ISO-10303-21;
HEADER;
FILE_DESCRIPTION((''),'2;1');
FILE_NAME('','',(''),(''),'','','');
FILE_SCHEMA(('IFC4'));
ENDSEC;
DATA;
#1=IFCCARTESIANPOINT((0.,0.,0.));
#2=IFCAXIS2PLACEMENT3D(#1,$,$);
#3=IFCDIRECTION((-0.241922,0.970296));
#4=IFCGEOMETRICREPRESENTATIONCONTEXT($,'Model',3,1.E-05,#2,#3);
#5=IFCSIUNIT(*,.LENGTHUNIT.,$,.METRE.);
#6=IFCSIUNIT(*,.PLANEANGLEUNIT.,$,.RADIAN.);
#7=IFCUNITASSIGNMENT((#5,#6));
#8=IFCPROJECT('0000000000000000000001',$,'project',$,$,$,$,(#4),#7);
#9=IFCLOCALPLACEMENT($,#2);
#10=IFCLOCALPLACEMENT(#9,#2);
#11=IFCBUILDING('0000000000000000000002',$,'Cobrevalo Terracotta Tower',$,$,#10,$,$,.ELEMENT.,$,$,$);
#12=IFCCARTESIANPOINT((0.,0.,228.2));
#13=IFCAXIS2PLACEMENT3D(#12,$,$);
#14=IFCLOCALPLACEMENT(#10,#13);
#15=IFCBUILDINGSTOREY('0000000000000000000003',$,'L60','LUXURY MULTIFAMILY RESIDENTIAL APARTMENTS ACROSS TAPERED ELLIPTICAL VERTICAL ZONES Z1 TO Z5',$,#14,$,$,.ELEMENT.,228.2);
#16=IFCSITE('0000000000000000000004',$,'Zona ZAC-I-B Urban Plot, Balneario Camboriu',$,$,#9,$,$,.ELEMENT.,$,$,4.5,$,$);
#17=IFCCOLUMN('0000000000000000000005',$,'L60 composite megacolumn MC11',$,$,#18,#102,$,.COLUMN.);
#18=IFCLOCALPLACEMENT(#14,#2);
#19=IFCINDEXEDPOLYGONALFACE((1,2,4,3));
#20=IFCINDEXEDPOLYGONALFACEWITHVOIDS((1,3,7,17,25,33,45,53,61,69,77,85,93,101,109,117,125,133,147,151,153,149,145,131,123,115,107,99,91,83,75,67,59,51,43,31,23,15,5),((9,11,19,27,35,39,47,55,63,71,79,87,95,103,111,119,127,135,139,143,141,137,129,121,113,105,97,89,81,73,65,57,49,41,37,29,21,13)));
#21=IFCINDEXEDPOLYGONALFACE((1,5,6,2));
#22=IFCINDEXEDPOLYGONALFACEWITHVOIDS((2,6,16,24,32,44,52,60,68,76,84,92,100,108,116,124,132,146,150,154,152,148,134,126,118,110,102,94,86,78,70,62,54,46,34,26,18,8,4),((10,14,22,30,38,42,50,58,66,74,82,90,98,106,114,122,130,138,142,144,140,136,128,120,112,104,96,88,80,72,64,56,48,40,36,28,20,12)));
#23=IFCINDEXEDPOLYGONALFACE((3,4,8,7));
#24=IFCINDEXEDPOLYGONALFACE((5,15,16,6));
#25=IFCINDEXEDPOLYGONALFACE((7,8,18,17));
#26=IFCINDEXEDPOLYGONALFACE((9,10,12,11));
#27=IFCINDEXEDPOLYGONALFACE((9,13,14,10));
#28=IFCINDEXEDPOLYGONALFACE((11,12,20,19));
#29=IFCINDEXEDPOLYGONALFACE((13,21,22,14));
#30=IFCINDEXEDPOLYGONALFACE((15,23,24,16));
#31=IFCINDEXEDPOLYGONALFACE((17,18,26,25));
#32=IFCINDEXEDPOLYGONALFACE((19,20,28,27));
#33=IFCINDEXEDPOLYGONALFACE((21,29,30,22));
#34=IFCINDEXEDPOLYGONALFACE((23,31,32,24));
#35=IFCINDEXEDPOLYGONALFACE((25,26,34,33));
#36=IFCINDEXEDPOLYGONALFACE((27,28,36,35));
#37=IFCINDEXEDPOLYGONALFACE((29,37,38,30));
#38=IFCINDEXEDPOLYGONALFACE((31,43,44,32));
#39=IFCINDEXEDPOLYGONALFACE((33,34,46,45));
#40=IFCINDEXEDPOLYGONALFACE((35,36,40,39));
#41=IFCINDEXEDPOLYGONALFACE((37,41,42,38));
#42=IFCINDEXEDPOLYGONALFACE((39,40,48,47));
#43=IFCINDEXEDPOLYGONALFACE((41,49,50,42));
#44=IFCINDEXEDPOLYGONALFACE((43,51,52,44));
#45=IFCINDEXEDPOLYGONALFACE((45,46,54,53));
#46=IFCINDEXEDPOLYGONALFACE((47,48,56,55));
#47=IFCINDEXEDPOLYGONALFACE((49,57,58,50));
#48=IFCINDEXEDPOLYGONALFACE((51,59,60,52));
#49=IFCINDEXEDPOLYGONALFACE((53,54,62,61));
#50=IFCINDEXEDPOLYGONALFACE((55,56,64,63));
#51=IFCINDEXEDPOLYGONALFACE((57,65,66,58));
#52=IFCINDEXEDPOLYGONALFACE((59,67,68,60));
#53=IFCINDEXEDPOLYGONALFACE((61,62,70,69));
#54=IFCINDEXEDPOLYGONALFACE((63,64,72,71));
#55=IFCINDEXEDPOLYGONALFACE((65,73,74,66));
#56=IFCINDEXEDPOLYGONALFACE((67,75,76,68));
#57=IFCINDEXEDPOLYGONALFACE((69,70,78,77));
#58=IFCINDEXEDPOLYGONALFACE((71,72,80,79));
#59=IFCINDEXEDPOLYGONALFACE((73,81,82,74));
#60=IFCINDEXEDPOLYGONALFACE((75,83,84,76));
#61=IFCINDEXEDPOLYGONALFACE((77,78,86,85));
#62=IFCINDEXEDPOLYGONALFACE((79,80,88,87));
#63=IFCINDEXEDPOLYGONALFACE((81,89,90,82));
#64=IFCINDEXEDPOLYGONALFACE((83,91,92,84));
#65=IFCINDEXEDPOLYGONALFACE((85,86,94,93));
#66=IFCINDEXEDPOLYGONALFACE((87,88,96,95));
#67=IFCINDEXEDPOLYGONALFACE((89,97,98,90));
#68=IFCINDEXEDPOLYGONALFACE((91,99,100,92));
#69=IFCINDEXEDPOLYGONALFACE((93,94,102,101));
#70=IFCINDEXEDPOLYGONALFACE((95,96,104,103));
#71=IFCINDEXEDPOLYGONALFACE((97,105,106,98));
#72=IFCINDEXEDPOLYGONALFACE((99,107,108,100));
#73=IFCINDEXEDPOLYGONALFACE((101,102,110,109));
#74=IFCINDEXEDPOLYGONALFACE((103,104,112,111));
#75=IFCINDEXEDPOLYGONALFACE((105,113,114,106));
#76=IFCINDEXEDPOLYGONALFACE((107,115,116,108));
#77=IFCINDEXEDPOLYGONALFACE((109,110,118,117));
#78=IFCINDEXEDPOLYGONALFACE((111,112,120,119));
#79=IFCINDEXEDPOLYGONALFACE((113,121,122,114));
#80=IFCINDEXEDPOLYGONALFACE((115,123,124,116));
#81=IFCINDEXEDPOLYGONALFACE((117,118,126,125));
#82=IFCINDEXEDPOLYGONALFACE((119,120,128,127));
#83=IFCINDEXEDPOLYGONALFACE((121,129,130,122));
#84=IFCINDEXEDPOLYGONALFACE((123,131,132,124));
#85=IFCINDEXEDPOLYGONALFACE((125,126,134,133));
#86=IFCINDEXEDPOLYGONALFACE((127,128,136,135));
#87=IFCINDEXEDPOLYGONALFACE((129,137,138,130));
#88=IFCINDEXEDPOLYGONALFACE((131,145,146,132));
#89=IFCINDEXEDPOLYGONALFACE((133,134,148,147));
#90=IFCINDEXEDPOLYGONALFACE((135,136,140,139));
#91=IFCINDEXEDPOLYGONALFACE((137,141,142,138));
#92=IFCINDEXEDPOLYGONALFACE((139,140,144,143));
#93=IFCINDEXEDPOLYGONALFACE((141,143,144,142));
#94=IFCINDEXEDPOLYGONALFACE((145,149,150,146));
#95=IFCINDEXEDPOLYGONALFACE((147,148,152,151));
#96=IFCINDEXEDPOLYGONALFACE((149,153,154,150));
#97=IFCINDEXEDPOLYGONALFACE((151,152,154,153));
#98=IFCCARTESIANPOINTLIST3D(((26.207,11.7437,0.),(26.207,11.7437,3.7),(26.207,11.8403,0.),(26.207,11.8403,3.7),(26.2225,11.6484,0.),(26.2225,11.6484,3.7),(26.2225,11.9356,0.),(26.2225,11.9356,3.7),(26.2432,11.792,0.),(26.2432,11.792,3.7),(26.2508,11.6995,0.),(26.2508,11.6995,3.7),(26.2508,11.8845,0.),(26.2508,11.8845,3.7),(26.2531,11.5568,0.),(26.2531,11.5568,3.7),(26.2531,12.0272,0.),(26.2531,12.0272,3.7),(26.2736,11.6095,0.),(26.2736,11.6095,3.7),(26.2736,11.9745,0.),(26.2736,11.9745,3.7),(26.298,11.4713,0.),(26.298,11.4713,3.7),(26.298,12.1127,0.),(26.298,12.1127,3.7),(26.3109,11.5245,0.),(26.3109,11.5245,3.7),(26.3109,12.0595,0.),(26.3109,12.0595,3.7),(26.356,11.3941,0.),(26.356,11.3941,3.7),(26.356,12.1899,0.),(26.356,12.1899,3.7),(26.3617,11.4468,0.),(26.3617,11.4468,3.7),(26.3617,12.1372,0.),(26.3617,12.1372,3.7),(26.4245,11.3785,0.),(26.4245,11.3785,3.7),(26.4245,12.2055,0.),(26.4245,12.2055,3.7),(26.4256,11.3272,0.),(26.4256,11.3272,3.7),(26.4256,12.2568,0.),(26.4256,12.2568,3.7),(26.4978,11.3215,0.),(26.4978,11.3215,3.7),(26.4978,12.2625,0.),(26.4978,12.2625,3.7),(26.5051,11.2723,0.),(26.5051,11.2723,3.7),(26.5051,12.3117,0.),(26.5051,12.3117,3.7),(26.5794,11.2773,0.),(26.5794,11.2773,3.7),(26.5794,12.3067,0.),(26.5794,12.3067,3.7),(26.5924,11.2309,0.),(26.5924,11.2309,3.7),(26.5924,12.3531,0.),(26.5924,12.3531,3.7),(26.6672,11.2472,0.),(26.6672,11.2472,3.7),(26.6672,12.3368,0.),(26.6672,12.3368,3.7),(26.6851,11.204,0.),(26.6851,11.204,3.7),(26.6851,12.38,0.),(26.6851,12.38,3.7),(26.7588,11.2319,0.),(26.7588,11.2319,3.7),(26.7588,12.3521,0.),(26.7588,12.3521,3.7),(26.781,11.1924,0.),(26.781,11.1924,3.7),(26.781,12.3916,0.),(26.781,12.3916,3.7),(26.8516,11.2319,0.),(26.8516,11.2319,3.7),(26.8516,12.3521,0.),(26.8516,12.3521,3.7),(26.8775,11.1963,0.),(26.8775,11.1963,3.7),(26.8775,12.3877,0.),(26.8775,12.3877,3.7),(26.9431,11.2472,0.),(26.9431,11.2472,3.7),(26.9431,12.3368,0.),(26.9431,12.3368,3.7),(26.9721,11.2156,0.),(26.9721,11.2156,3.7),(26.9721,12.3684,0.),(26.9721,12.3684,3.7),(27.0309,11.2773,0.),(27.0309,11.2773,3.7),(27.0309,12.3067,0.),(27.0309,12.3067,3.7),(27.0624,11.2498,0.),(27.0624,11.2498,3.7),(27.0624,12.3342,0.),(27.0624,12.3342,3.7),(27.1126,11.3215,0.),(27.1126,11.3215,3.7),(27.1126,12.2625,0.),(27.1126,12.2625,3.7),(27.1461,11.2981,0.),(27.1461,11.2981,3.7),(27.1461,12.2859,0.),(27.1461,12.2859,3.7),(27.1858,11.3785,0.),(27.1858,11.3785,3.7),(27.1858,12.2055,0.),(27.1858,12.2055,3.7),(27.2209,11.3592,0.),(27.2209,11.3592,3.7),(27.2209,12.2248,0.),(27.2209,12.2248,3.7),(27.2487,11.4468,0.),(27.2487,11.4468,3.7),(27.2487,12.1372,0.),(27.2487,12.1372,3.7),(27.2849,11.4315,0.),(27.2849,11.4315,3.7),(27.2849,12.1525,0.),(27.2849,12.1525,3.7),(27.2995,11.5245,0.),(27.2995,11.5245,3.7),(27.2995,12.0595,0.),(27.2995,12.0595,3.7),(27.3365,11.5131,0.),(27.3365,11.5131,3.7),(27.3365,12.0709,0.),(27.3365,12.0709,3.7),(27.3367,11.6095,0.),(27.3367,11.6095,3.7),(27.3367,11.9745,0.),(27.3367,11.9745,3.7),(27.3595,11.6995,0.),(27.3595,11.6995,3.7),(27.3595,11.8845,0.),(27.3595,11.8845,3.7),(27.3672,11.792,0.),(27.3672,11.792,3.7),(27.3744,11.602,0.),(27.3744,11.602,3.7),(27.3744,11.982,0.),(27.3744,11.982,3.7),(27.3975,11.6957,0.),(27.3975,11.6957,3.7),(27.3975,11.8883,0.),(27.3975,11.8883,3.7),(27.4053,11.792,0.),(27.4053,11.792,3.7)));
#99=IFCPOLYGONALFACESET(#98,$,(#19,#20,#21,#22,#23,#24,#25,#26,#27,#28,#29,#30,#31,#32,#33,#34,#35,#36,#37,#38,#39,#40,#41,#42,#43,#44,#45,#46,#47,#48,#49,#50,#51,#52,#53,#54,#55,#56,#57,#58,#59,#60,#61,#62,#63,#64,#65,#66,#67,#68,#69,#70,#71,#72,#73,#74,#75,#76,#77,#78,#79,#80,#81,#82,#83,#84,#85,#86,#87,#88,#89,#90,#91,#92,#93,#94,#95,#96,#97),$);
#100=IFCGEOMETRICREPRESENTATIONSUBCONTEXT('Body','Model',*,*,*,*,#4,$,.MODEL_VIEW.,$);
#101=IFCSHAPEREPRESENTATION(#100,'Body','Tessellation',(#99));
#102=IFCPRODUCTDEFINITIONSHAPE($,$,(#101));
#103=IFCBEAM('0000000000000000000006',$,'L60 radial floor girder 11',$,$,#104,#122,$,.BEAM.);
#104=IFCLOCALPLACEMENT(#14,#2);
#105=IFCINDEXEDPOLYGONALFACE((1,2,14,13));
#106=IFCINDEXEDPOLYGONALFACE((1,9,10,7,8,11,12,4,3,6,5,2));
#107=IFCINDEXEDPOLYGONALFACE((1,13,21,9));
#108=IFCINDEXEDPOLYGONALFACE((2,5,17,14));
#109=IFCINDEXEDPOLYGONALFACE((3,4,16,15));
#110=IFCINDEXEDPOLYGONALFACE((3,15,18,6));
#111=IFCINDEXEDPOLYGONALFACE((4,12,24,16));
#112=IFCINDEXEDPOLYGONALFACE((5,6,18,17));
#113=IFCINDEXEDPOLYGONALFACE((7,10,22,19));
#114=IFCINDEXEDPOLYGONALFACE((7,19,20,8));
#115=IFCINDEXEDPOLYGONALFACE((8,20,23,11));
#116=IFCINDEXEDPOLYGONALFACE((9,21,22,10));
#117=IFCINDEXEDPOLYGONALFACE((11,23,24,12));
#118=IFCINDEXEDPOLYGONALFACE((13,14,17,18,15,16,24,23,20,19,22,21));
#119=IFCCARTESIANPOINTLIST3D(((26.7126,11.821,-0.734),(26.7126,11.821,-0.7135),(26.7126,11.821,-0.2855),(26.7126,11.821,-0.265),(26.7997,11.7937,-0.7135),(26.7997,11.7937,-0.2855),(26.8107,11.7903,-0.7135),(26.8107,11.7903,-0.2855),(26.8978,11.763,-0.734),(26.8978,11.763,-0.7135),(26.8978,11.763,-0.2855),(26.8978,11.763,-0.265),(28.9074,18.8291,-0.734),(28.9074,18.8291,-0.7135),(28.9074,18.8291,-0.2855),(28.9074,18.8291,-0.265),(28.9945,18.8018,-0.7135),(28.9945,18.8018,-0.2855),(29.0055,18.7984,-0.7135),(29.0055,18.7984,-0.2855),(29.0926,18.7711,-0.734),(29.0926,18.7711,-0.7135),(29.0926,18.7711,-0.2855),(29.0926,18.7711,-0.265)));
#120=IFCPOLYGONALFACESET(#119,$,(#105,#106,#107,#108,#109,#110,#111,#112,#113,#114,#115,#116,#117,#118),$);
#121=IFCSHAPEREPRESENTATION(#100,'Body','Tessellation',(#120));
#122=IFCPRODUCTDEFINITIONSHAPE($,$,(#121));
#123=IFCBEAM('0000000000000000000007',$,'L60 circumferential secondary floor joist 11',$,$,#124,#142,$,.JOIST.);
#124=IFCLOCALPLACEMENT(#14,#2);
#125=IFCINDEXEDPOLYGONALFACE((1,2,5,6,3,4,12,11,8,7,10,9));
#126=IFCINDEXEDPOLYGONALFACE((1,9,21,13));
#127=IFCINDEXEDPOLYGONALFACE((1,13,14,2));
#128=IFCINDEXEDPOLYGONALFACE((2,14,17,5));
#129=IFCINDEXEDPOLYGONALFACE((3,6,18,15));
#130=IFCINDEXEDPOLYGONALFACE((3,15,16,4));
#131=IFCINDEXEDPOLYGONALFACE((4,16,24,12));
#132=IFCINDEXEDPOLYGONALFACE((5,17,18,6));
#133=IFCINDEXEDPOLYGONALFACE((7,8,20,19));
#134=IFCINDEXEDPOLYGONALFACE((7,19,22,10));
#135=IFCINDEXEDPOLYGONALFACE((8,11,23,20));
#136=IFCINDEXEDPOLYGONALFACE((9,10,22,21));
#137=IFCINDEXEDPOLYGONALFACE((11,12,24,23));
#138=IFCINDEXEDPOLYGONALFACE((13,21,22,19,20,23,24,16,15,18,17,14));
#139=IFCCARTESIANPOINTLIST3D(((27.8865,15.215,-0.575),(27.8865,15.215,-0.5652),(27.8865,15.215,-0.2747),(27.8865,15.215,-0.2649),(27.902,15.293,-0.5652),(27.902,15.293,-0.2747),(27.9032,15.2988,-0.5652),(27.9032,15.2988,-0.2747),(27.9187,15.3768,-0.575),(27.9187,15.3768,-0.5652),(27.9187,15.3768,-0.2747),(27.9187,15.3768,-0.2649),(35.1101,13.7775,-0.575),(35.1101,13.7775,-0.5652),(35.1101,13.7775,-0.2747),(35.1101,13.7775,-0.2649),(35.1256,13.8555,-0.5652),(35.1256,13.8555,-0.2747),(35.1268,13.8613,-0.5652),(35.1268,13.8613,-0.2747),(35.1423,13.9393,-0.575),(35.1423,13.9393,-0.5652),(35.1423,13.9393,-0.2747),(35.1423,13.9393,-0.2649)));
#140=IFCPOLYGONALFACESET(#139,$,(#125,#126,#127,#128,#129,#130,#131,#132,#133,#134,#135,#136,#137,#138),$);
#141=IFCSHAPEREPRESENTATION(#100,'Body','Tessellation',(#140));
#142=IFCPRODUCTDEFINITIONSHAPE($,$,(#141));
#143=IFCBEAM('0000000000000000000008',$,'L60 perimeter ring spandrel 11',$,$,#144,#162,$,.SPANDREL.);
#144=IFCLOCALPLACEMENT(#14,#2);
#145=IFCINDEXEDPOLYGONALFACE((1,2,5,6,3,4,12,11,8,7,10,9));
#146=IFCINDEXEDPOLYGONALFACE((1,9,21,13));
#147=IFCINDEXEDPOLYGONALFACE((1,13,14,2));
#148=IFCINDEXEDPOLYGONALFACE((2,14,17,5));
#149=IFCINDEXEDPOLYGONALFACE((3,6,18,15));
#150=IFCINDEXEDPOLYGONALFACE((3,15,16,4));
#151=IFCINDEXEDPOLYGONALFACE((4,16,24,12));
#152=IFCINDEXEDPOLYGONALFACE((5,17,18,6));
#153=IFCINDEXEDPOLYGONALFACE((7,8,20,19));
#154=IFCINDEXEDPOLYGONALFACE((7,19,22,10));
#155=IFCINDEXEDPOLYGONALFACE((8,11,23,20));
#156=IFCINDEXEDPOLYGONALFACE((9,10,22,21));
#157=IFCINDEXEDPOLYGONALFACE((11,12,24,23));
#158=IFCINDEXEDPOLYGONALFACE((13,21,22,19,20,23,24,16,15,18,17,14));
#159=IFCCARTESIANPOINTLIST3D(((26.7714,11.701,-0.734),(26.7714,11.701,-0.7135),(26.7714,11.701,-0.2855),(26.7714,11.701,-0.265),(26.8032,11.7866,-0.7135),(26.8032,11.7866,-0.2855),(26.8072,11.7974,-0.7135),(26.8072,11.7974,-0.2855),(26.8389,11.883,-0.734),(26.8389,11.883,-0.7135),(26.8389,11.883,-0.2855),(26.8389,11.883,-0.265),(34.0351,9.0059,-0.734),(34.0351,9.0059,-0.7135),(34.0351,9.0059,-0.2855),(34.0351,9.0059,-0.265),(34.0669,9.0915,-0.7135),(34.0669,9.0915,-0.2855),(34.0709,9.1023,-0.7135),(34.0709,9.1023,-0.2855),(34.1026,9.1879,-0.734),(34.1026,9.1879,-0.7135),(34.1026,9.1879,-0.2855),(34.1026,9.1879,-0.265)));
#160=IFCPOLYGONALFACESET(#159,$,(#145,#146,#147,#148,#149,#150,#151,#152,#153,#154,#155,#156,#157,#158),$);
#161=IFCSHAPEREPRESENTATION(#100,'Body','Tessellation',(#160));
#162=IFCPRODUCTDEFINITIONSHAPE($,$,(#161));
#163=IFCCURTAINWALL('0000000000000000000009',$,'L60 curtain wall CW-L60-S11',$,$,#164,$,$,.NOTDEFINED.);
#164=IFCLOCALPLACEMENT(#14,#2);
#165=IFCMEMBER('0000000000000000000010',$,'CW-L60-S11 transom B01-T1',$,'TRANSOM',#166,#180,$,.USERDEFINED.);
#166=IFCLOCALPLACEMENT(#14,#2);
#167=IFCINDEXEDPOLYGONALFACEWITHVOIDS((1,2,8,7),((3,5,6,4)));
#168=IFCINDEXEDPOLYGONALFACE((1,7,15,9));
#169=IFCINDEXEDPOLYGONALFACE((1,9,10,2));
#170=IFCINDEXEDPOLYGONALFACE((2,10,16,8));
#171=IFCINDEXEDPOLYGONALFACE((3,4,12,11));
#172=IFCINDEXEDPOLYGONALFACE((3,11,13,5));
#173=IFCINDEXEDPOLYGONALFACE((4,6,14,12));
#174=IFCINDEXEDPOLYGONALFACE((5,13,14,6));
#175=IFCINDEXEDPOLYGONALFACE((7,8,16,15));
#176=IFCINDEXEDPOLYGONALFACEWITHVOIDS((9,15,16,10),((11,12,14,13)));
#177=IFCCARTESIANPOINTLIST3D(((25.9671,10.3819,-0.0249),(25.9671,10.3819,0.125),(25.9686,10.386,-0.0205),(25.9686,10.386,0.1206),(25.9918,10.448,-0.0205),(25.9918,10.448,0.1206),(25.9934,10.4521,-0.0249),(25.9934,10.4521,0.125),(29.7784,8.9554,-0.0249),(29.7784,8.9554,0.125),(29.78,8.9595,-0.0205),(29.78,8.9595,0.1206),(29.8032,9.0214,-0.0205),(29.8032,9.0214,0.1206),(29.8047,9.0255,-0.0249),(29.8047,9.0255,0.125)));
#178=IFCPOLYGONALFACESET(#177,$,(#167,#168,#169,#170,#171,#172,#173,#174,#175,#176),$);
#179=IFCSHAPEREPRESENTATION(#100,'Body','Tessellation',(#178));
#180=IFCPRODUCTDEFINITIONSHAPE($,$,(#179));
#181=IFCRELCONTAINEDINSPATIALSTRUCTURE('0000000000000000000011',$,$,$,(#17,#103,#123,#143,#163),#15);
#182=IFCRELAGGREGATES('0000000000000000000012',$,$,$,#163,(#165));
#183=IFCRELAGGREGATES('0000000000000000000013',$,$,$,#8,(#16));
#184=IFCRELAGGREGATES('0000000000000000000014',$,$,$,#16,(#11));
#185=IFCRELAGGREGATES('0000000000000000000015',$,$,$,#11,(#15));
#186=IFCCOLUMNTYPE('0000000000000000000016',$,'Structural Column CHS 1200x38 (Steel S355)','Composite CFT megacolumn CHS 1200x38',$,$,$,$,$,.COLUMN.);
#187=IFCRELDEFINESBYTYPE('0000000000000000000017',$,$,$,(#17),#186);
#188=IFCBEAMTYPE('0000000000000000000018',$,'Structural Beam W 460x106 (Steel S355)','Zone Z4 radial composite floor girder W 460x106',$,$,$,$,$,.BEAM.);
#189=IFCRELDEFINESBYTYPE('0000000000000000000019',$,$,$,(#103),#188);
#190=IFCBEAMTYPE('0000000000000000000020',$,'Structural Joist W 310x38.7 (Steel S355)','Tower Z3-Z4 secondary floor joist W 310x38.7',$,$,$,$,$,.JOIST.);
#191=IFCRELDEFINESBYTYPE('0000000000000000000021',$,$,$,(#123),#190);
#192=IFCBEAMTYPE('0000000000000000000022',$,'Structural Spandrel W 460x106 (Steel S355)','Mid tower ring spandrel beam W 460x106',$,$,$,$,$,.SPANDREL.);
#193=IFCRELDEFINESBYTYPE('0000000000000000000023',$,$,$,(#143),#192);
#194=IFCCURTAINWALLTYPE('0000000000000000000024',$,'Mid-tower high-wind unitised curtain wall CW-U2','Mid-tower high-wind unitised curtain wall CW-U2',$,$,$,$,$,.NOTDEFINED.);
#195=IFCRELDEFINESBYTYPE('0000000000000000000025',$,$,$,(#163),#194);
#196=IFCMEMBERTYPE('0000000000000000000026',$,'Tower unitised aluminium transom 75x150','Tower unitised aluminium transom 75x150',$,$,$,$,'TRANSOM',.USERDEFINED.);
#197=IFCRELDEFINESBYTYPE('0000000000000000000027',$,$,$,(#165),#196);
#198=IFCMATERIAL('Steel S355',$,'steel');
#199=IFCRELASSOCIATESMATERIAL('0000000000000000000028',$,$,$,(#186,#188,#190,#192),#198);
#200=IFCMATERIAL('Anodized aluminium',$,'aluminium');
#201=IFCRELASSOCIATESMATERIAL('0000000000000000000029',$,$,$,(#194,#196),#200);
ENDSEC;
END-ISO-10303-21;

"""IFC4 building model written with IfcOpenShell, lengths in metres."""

from ifc_helpers import new_model, si_unit, direction, frame, origin, origin_2d, place, context, subcontext, project, spatial, hollow_rectangle, hollow_circle, i_section, extrude, source, transform, mapped, material, material_profile, profile_set, type_object, element, aggregate, save


model = new_model("IFC4")

# Units and contexts
model_context = context("Model", 3, precision=1e-05, world=origin(), true_north=direction((-0.241922, 0.970296)))
body_context = subcontext(model_context, "Body", "Model", "MODEL_VIEW")
ifc_project = project(units=[si_unit("LENGTHUNIT", "METRE"), si_unit("PLANEANGLEUNIT", "RADIAN")], contexts=[model_context])

# Site, building, storey
site_placement = place(None, origin())
site = spatial("IfcSite", under=ifc_project, at=site_placement, Name="Zona ZAC-I-B Urban Plot, Balneario Camboriu", CompositionType="ELEMENT", RefElevation=4.5)
building_placement = place(site_placement, origin())
building = spatial("IfcBuilding", under=site, at=building_placement, Name="Cobrevalo Terracotta Tower", CompositionType="ELEMENT")
storey_placement = place(building_placement, frame((0.0, 0.0, 228.2)))
storey = spatial("IfcBuildingStorey", under=building, at=storey_placement, Name="L60", Description="LUXURY MULTIFAMILY RESIDENTIAL APARTMENTS ACROSS TAPERED ELLIPTICAL VERTICAL ZONES Z1 TO Z5", CompositionType="ELEMENT", Elevation=228.2)

# Column
ifc_material_1 = material(Name="Steel S355", Category="steel")
ifc_material_profile_1 = material_profile(ifc_material_1, hollow_circle(Radius=0.6001, WallThickness=0.0381, at=origin_2d()), Name="CHS 1200x38")
ifc_profile_set_1 = profile_set([ifc_material_profile_1], Name="Steel S355")
column_type = type_object("IfcColumnType", Name="Structural Column CHS 1200x38 (Steel S355)", Description="Composite CFT megacolumn CHS 1200x38", PredefinedType="COLUMN", material=ifc_profile_set_1)
column_placement = place(storey_placement, frame((26.8052, 11.792, 0.0), z_axis=(0.0, 0.0, 1.0), x_axis=(1.0, 0.0, 0.0)))
element("IfcColumn", 1, at=column_placement, inside=storey, type_object=column_type, Name="L60 composite megacolumn MC11", PredefinedType="COLUMN", context=body_context, shape_type="SweptSolid", body=[
    extrude(hollow_circle(Radius=0.6001, WallThickness=0.0381, at=origin_2d()), origin(), (0.0, 0.0, 1.0), 3.7),
])

# Beams
ifc_material_profile_2 = material_profile(ifc_material_1, i_section(OverallWidth=0.1941, OverallDepth=0.469, WebThickness=0.0115, FlangeThickness=0.0205, at=origin_2d()), Name="W 460x106")
ifc_profile_set_2 = profile_set([ifc_material_profile_2], Name="Steel S355")
beam_type_1 = type_object("IfcBeamType", Name="Structural Beam W 460x106 (Steel S355)", Description="Zone Z4 radial composite floor girder W 460x106", PredefinedType="BEAM", material=ifc_profile_set_2)
beam_1_placement = place(storey_placement, frame((26.8052, 11.792, -0.4995), z_axis=(0.298871, 0.954293, 0.0), x_axis=(-0.954293, 0.298871, 0.0)))
element("IfcBeam", 2, at=beam_1_placement, inside=storey, type_object=beam_type_1, Name="L60 radial floor girder 11", PredefinedType="BEAM", context=body_context, shape_type="SweptSolid", body=[
    extrude(i_section(OverallWidth=0.1941, OverallDepth=0.469, WebThickness=0.0115, FlangeThickness=0.0205, at=origin_2d()), origin(), (0.0, 0.0, 1.0), 7.3438),
])
ifc_material_profile_3 = material_profile(ifc_material_1, i_section(OverallWidth=0.165, OverallDepth=0.3101, WebThickness=0.0059, FlangeThickness=0.0098, at=origin_2d()), Name="W 310x38.7")
ifc_profile_set_3 = profile_set([ifc_material_profile_3], Name="Steel S355")
beam_type_2 = type_object("IfcBeamType", Name="Structural Joist W 310x38.7 (Steel S355)", Description="Tower Z3-Z4 secondary floor joist W 310x38.7", PredefinedType="JOIST", material=ifc_profile_set_3)
beam_2_placement = place(storey_placement, frame((27.9026, 15.2959, -0.4199), z_axis=(0.980769, -0.195173, 0.0), x_axis=(0.195173, 0.980769, 0.0)))
element("IfcBeam", 3, at=beam_2_placement, inside=storey, type_object=beam_type_2, Name="L60 circumferential secondary floor joist 11", PredefinedType="JOIST", context=body_context, shape_type="SweptSolid", body=[
    extrude(i_section(OverallWidth=0.165, OverallDepth=0.3101, WebThickness=0.0059, FlangeThickness=0.0098, at=origin_2d()), origin(), (0.0, 0.0, 1.0), 7.3652),
])
ifc_material_profile_4 = material_profile(ifc_material_1, i_section(OverallWidth=0.1941, OverallDepth=0.469, WebThickness=0.0115, FlangeThickness=0.0205, at=origin_2d()), Name="W 460x106")
ifc_profile_set_4 = profile_set([ifc_material_profile_4], Name="Steel S355")
beam_type_3 = type_object("IfcBeamType", Name="Structural Spandrel W 460x106 (Steel S355)", Description="Mid tower ring spandrel beam W 460x106", PredefinedType="SPANDREL", material=ifc_profile_set_4)
beam_3_placement = place(storey_placement, frame((26.8052, 11.792, -0.4995), z_axis=(0.937546, -0.347861, 0.0), x_axis=(0.347861, 0.937546, 0.0)))
element("IfcBeam", 4, at=beam_3_placement, inside=storey, type_object=beam_type_3, Name="L60 perimeter ring spandrel 11", PredefinedType="SPANDREL", context=body_context, shape_type="SweptSolid", body=[
    extrude(i_section(OverallWidth=0.1941, OverallDepth=0.469, WebThickness=0.0115, FlangeThickness=0.0205, at=origin_2d()), origin(), (0.0, 0.0, 1.0), 7.7476),
])

# Curtain wall, member
ifc_material_2 = material(Name="Anodized aluminium", Category="aluminium")
curtain_wall_type = type_object("IfcCurtainWallType", Name="Mid-tower high-wind unitised curtain wall CW-U2", Description="Mid-tower high-wind unitised curtain wall CW-U2", PredefinedType="NOTDEFINED", material=ifc_material_2)
curtain_wall_placement = place(storey_placement, origin())
curtain_wall = element("IfcCurtainWall", 5, at=curtain_wall_placement, inside=storey, type_object=curtain_wall_type, Name="L60 curtain wall CW-L60-S11", PredefinedType="NOTDEFINED")
ifc_material_profile_5 = material_profile(ifc_material_2, hollow_rectangle(XDim=0.075, YDim=0.1499, WallThickness=0.0044, at=origin_2d()), Name="CWT 75x150")
ifc_profile_set_5 = profile_set([ifc_material_profile_5], Name="Anodized aluminium")
member_type_1 = type_object("IfcMemberType", Name="Tower unitised aluminium transom 75x150", Description="Tower unitised aluminium transom 75x150", ElementType="TRANSOM", PredefinedType="USERDEFINED", material=ifc_profile_set_5)
shared_shape_1 = source(origin(), body_context, "Body", "SweptSolid", [
    extrude(hollow_rectangle(XDim=0.075, YDim=0.1499, WallThickness=0.0044, at=origin_2d()), origin(), (0.0, 0.0, 1.0), 4.0696),
])
member_1_placement = place(storey_placement, frame((25.9802, 10.417, 0.05), z_axis=(0.936548, -0.350538, 0.0), x_axis=(0.350538, 0.936548, 0.0)))
member_1 = element("IfcMember", 6, at=member_1_placement, type_object=member_type_1, Name="CW-L60-S11 transom B01-T1", ObjectType="TRANSOM", PredefinedType="USERDEFINED", context=body_context, shape_type="MappedRepresentation", body=[
    mapped(shared_shape_1, transform((0.0, 0.0, 0.0), scale=1.0)),
])
aggregate(curtain_wall, [member_1])

save(model, "model.ifc")
